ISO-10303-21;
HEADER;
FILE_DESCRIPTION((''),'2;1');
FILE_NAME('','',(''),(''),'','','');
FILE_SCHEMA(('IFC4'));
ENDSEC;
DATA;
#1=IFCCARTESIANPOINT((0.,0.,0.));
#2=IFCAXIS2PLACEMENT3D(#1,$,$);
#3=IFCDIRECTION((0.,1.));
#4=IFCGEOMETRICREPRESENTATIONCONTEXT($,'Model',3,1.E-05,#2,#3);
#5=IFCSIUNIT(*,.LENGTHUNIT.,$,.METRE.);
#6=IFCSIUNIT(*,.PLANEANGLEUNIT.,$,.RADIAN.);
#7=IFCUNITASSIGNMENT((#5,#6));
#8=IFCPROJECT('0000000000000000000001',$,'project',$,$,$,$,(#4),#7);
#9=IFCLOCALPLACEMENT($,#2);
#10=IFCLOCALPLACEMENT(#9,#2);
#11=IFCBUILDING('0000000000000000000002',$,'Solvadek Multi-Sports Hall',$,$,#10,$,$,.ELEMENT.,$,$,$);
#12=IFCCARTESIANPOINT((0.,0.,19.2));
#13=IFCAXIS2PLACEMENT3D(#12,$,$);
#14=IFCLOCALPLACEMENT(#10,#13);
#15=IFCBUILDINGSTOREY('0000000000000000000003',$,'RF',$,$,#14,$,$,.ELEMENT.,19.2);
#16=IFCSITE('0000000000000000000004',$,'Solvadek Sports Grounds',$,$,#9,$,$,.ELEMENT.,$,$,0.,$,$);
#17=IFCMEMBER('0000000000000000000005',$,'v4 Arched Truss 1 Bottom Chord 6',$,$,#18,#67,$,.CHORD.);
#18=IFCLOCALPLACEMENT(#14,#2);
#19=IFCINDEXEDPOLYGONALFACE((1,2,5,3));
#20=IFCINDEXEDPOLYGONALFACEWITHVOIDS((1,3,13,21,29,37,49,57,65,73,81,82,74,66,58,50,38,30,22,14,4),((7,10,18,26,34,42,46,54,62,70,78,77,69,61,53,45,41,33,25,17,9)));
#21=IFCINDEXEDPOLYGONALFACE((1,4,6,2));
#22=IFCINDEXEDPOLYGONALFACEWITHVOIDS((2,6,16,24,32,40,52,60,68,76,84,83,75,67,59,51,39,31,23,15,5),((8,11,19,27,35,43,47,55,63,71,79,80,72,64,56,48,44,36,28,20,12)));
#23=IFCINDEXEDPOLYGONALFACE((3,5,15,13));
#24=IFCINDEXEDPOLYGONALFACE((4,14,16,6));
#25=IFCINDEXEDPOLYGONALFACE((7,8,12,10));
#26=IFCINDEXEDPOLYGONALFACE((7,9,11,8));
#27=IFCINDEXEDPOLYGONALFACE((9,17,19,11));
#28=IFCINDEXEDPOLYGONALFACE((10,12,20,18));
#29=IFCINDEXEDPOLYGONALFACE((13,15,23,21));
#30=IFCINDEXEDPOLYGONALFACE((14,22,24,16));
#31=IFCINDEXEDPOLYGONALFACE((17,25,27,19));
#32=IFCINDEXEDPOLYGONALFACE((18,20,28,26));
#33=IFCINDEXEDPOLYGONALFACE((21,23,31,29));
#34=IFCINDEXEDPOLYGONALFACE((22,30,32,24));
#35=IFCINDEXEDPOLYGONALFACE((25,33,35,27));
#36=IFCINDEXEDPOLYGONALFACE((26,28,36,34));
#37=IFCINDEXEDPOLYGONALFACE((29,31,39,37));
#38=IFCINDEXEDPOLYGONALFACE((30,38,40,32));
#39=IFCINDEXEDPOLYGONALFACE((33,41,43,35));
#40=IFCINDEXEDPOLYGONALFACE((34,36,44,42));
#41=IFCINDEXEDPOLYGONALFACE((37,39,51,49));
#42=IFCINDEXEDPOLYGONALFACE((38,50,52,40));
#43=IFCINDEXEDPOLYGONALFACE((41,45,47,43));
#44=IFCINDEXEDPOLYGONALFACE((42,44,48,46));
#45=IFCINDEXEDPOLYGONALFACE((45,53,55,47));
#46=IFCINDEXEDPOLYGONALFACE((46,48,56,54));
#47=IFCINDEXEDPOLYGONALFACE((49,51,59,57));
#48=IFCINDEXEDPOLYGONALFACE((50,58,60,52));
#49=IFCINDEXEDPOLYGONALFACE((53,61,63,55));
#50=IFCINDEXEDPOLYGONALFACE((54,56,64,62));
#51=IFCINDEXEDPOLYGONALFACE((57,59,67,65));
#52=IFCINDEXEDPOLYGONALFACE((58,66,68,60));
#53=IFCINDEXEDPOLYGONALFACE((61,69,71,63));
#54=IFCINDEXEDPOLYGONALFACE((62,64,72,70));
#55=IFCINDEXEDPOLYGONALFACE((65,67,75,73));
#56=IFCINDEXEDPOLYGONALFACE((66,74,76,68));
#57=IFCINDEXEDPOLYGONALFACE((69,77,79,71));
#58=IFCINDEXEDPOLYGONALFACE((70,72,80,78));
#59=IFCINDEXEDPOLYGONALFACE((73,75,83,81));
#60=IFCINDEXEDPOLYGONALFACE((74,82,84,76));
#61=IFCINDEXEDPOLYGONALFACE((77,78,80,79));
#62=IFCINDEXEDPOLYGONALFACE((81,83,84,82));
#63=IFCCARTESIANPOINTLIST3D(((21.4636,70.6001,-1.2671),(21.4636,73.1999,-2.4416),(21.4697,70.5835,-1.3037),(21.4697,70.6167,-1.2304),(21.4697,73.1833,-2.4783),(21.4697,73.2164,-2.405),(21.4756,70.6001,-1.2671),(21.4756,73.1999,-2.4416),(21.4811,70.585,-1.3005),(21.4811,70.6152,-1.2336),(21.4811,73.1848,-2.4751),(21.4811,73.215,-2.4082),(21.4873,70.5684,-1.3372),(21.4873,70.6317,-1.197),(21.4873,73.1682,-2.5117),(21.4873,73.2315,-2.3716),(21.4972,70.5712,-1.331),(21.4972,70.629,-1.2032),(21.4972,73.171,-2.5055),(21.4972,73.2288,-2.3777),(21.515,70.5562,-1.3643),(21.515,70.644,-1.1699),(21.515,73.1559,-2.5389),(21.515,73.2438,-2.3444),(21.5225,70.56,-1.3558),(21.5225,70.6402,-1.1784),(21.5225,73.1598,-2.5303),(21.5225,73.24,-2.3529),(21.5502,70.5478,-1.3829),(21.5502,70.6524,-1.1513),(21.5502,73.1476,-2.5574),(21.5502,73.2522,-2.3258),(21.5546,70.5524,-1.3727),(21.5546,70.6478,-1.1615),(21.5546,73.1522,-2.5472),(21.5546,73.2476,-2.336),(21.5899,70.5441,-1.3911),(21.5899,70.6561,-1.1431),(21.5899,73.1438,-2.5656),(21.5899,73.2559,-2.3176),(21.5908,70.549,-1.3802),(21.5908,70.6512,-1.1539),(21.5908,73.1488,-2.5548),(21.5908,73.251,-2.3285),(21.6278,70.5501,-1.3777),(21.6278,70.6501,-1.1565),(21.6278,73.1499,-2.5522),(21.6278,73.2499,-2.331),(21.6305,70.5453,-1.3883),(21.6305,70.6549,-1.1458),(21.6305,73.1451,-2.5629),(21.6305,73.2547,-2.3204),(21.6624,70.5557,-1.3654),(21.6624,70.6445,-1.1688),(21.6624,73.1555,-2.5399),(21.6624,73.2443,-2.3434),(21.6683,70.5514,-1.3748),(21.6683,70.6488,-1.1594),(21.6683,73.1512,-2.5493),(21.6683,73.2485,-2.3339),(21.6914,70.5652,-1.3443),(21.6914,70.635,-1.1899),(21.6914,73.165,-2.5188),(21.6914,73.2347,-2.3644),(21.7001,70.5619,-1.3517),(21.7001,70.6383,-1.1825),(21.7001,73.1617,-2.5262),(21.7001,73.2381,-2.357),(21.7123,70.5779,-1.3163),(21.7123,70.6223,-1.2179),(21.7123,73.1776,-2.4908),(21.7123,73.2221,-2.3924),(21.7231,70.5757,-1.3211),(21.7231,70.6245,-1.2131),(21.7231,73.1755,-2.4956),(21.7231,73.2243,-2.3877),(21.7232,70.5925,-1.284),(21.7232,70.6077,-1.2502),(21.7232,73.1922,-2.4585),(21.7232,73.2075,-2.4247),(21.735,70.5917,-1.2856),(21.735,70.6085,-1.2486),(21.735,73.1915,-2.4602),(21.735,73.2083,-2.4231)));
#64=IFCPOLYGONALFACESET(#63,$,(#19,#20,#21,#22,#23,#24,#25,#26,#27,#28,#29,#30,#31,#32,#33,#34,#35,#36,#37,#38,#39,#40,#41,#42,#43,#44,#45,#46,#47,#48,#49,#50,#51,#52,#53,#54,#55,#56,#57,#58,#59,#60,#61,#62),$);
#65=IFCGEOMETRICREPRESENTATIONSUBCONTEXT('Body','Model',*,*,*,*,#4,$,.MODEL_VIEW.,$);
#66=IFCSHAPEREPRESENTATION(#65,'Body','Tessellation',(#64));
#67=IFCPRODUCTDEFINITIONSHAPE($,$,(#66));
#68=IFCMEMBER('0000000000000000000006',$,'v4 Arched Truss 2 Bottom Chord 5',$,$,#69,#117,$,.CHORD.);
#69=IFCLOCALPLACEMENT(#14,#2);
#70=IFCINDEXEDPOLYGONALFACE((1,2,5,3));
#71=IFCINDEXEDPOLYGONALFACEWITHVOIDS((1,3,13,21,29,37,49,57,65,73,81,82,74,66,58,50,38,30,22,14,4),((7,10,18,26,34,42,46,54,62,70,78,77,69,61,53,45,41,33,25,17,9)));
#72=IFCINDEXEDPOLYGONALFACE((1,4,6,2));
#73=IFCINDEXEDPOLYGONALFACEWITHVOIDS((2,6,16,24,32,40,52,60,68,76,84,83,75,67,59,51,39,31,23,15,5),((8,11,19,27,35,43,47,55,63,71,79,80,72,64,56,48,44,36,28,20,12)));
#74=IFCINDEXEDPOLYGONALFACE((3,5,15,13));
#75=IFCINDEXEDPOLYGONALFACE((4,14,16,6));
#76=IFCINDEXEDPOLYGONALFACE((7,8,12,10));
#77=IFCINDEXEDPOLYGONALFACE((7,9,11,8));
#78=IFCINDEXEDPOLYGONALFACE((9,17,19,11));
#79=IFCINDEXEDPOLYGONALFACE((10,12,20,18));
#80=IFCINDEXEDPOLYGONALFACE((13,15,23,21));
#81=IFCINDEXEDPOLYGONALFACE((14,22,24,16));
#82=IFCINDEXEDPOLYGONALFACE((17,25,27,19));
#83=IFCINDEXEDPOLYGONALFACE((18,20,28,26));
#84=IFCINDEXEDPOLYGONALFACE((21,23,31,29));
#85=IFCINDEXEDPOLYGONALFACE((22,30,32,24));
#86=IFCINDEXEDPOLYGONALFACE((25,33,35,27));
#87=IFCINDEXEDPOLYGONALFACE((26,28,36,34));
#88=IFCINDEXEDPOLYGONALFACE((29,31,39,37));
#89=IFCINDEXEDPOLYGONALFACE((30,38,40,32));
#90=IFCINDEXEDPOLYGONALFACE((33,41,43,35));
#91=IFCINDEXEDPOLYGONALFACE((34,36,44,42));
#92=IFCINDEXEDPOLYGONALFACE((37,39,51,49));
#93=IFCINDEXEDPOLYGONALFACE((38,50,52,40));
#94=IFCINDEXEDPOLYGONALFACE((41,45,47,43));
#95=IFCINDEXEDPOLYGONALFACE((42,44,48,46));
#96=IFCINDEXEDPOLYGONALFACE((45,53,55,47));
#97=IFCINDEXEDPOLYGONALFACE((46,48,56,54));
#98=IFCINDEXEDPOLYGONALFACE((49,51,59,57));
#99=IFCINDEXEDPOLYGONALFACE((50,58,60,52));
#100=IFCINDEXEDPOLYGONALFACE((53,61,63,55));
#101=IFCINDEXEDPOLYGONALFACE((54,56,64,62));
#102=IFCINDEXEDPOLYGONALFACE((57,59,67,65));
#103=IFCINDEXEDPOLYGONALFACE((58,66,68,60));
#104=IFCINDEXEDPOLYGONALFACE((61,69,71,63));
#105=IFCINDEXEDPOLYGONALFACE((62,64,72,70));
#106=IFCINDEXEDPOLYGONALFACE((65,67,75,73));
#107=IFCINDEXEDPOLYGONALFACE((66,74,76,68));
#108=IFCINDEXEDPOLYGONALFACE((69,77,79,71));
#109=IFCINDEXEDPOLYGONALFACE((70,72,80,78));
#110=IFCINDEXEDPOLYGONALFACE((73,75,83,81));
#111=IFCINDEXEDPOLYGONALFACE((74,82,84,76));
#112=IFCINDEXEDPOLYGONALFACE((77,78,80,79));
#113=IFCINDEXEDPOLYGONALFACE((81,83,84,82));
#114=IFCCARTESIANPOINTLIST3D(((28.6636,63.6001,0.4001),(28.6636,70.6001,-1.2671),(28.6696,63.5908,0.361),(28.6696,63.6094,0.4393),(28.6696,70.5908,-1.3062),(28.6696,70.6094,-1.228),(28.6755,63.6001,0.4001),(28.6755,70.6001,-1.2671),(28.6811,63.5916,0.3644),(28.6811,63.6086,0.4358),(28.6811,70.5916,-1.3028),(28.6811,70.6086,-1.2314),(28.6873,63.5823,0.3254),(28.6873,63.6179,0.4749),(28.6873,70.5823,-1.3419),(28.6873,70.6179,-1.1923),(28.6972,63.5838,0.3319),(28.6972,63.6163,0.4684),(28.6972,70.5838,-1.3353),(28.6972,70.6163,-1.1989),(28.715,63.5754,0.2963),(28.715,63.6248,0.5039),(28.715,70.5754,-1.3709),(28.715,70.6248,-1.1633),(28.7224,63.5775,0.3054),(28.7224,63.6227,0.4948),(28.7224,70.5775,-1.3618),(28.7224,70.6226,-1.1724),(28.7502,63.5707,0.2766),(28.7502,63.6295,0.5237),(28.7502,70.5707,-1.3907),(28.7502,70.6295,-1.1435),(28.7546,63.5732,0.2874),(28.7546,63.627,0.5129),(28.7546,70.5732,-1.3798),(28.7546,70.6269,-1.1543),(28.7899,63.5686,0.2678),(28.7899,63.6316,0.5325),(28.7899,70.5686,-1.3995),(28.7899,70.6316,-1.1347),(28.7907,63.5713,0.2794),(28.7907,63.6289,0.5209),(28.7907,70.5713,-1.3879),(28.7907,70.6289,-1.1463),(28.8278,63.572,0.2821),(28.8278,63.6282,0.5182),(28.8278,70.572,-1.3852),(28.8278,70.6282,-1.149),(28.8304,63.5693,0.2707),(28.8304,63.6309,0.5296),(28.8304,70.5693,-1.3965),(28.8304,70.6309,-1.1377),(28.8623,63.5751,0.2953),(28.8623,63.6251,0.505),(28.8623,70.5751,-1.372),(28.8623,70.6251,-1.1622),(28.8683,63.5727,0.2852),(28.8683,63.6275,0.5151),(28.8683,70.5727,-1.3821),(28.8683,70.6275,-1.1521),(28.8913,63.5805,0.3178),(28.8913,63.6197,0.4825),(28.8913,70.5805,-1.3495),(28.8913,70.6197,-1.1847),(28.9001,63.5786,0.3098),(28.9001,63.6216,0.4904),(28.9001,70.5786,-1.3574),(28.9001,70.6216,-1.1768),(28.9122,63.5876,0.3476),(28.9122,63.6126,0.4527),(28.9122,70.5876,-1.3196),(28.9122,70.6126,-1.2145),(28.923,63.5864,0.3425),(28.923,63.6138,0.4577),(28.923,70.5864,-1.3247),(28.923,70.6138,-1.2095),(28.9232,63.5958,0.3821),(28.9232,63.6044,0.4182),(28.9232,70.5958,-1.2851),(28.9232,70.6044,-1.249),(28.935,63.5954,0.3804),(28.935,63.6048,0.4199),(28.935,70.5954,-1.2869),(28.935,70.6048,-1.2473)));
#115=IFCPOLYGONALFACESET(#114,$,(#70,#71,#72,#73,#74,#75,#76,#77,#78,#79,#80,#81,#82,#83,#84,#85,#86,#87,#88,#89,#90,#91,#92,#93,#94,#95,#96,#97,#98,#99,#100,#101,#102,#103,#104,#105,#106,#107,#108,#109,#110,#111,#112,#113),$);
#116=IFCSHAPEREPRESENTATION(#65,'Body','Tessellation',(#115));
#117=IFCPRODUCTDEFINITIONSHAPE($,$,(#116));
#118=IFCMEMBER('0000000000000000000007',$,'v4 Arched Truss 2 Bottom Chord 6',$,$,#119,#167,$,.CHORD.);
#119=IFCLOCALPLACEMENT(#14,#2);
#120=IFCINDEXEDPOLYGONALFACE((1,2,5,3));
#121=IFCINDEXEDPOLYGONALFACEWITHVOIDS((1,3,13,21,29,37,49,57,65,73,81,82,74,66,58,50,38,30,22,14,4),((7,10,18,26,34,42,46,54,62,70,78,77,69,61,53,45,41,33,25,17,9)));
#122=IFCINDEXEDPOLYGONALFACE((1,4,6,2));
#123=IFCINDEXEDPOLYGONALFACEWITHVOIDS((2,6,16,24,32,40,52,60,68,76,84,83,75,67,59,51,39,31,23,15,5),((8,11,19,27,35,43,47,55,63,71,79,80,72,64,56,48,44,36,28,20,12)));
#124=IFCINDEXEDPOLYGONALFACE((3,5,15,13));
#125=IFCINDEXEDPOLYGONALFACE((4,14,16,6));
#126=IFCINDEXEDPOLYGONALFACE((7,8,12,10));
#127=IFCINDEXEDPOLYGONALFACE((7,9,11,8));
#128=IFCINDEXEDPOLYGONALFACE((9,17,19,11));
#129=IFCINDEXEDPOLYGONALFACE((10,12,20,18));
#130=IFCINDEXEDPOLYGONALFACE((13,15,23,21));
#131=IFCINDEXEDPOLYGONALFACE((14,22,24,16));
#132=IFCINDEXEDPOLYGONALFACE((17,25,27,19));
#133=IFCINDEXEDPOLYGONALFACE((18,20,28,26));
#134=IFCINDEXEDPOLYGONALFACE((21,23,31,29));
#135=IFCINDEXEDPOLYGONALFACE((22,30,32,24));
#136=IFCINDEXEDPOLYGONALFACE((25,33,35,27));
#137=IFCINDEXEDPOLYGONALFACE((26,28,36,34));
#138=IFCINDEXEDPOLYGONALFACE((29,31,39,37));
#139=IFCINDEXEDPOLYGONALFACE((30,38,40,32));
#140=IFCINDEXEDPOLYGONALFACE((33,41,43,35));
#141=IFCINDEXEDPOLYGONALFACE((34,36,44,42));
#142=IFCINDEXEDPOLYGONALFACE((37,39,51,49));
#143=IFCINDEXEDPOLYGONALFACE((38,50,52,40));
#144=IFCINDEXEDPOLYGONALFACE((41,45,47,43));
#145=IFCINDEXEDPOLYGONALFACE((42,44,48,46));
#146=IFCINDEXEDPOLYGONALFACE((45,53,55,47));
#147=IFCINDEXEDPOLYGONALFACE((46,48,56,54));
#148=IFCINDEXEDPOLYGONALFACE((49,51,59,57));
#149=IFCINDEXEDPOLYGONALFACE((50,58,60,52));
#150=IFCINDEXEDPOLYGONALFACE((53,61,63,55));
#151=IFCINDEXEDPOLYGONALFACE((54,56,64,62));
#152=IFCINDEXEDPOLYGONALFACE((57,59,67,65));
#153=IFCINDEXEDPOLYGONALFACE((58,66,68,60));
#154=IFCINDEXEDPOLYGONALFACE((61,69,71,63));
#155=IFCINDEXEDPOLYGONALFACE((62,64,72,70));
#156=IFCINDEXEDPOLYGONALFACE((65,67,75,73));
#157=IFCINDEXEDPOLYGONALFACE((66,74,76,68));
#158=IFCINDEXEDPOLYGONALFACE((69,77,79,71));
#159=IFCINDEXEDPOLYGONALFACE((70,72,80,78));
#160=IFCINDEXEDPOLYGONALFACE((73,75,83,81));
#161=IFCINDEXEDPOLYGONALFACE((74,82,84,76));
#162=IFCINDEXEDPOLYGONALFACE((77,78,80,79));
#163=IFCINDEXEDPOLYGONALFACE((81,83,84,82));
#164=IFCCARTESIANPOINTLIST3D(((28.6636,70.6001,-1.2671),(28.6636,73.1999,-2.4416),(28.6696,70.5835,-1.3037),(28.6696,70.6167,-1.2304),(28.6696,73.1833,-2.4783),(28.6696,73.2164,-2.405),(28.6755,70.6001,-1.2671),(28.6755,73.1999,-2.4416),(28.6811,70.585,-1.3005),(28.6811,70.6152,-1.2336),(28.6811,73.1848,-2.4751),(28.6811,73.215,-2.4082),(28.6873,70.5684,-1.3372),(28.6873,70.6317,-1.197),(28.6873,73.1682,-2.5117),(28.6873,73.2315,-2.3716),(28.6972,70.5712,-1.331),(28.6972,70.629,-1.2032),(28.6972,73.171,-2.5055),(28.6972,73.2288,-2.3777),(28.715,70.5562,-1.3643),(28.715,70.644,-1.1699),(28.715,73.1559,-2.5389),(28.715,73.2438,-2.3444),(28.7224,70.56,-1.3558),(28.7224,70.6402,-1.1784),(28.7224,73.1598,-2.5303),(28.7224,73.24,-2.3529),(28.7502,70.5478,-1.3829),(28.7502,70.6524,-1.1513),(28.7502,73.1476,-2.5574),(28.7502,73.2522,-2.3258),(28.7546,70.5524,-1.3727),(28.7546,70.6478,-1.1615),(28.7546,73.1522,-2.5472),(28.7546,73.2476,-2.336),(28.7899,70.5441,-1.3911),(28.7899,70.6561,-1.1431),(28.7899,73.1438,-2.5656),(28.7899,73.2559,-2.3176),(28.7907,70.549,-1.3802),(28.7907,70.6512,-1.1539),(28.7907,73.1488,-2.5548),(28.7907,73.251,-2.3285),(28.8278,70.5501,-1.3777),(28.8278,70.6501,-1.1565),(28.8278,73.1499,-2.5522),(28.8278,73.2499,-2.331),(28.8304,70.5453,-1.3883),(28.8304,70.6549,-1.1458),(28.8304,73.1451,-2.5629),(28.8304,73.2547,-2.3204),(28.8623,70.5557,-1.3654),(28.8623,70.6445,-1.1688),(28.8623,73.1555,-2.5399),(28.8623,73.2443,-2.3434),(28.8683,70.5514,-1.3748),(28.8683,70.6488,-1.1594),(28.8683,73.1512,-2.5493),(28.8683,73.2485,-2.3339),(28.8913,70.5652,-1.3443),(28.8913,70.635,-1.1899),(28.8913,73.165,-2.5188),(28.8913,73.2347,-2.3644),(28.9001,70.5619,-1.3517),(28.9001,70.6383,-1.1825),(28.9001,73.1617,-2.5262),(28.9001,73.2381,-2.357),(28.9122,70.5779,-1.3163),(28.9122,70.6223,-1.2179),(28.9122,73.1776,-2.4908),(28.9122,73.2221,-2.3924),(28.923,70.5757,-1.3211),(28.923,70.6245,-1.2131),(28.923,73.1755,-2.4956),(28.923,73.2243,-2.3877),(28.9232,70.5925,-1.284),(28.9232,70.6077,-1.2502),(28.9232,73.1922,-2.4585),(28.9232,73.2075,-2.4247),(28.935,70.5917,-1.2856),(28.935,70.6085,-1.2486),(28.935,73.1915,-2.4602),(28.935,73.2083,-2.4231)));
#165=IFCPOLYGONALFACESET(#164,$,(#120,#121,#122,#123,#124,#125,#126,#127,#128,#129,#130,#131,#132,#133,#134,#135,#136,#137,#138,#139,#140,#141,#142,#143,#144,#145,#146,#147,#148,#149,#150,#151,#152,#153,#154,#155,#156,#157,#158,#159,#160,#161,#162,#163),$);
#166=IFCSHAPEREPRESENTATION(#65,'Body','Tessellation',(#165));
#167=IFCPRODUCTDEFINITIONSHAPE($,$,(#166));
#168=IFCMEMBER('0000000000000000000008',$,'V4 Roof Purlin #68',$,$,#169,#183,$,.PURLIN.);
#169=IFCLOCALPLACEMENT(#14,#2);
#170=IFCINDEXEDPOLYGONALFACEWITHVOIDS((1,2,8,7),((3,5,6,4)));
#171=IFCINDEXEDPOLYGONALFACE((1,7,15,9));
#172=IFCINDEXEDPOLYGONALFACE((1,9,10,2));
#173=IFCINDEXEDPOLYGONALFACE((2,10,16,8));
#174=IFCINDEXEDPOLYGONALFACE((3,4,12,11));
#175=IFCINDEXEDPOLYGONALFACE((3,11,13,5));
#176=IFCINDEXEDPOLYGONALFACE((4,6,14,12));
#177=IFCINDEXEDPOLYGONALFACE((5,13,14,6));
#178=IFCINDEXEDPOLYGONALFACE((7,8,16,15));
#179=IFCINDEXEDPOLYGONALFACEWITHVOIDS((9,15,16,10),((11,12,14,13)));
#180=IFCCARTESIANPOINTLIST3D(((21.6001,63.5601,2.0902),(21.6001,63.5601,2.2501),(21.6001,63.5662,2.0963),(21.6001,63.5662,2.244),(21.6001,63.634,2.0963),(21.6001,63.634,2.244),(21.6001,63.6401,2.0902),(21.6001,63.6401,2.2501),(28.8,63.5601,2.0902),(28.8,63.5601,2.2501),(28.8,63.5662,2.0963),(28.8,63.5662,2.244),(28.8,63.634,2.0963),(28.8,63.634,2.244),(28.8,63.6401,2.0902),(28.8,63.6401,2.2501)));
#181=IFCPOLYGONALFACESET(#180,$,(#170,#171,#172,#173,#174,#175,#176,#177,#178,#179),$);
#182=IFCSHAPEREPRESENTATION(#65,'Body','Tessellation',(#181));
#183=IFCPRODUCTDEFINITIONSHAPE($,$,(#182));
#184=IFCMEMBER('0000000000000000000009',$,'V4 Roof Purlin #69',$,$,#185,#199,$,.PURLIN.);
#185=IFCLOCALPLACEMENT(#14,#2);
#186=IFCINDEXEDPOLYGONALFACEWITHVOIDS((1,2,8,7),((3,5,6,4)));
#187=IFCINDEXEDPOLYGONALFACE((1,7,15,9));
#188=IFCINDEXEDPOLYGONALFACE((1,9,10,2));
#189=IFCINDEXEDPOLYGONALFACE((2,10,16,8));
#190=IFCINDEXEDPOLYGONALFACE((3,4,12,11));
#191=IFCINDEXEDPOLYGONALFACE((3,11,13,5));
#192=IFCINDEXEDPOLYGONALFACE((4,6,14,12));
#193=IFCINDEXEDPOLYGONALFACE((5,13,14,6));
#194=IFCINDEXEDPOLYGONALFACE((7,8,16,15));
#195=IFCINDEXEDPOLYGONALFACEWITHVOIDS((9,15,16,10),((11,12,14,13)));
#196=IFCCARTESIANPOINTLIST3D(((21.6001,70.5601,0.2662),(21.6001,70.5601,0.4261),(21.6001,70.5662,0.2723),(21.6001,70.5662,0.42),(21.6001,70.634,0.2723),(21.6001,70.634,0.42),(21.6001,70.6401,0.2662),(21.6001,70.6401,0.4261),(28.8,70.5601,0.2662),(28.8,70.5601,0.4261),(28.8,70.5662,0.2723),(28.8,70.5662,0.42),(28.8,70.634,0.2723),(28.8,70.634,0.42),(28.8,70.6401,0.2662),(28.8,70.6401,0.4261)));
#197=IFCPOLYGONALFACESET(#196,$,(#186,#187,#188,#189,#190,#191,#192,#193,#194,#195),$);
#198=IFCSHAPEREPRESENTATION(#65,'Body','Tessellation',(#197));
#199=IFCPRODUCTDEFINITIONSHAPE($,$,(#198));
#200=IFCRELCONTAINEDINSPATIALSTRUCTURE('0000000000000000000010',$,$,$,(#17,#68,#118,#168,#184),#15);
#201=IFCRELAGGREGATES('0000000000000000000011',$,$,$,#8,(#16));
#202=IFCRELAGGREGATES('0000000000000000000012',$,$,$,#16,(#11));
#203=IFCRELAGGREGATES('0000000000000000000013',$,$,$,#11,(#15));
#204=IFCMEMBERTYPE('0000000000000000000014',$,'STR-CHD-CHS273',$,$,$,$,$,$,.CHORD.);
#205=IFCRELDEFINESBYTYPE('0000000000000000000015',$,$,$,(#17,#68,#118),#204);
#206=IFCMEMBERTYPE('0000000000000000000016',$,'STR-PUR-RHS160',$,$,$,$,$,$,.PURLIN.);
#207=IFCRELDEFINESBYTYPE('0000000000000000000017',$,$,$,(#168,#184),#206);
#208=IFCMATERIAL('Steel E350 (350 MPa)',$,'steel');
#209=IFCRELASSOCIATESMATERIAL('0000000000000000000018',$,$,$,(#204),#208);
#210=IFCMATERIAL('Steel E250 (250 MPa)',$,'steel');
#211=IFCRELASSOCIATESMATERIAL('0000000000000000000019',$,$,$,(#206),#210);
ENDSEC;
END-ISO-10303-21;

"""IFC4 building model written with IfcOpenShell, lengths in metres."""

from ifc_helpers import new_model, si_unit, direction, frame, origin, origin_2d, place, context, subcontext, project, spatial, hollow_rectangle, hollow_circle, extrude, material, material_profile, profile_set, type_object, element, save


model = new_model("IFC4")

# Units and contexts
model_context = context("Model", 3, precision=1e-05, world=origin(), true_north=direction((0.0, 1.0)))
body_context = subcontext(model_context, "Body", "Model", "MODEL_VIEW")
ifc_project = project(units=[si_unit("LENGTHUNIT", "METRE"), si_unit("PLANEANGLEUNIT", "RADIAN")], contexts=[model_context])

# Site, building, storey
site_placement = place(None, origin())
site = spatial("IfcSite", under=ifc_project, at=site_placement, Name="Solvadek Sports Grounds", CompositionType="ELEMENT", RefElevation=0.0)
building_placement = place(site_placement, origin())
building = spatial("IfcBuilding", under=site, at=building_placement, Name="Solvadek Multi-Sports Hall", CompositionType="ELEMENT")
storey_placement = place(building_placement, frame((0.0, 0.0, 19.2)))
storey = spatial("IfcBuildingStorey", under=building, at=storey_placement, Name="RF", CompositionType="ELEMENT", Elevation=19.2)

# Members
ifc_material_1 = material(Name="Steel E350 (350 MPa)", Category="steel")
ifc_material_profile_1 = material_profile(ifc_material_1, hollow_circle(Radius=0.1365, WallThickness=0.012, at=origin_2d()), Name="CHS 273.0x12")
ifc_profile_set_1 = profile_set([ifc_material_profile_1], Name="Steel E350 (350 MPa)")
member_type_1 = type_object("IfcMemberType", Name="STR-CHD-CHS273", PredefinedType="CHORD", material=ifc_profile_set_1)
member_1_placement = place(storey_placement, frame((21.6001, 70.6001, -1.2671), z_axis=(0.0, 0.911314, -0.411713), x_axis=(-1.0, 0.0, 0.0)))
element("IfcMember", 1, at=member_1_placement, inside=storey, type_object=member_type_1, Name="v4 Arched Truss 1 Bottom Chord 6", PredefinedType="CHORD", context=body_context, shape_type="SweptSolid", body=[
    extrude(hollow_circle(Radius=0.1365, WallThickness=0.012, at=origin_2d()), origin(), (0.0, 0.0, 1.0), 2.8528),
])
member_2_placement = place(storey_placement, frame((28.8, 63.6001, 0.4001), z_axis=(0.0, 0.972788, -0.231695), x_axis=(-1.0, 0.0, 0.0)))
element("IfcMember", 2, at=member_2_placement, inside=storey, type_object=member_type_1, Name="v4 Arched Truss 2 Bottom Chord 5", PredefinedType="CHORD", context=body_context, shape_type="SweptSolid", body=[
    extrude(hollow_circle(Radius=0.1365, WallThickness=0.012, at=origin_2d()), origin(), (0.0, 0.0, 1.0), 7.1958),
])
member_3_placement = place(storey_placement, frame((28.8, 70.6001, -1.2671), z_axis=(0.0, 0.911314, -0.411713), x_axis=(-1.0, 0.0, 0.0)))
element("IfcMember", 3, at=member_3_placement, inside=storey, type_object=member_type_1, Name="v4 Arched Truss 2 Bottom Chord 6", PredefinedType="CHORD", context=body_context, shape_type="SweptSolid", body=[
    extrude(hollow_circle(Radius=0.1365, WallThickness=0.012, at=origin_2d()), origin(), (0.0, 0.0, 1.0), 2.8528),
])
ifc_material_2 = material(Name="Steel E250 (250 MPa)", Category="steel")
ifc_material_profile_2 = material_profile(ifc_material_2, hollow_rectangle(XDim=0.0801, YDim=0.1599, WallThickness=0.0061, at=origin_2d()), Name="RHS 160x80x6")
ifc_profile_set_2 = profile_set([ifc_material_profile_2], Name="Steel E250 (250 MPa)")
member_type_2 = type_object("IfcMemberType", Name="STR-PUR-RHS160", PredefinedType="PURLIN", material=ifc_profile_set_2)
for number, where, z_axis, x_axis, name in (
    (4, (21.6001, 63.6001, 2.1702), (1.0, 0.0, 0.0), (0.0, 1.0, 0.0), "V4 Roof Purlin #68"),
    (5, (21.6001, 70.6001, 0.3462), (1.0, 0.0, 0.0), (0.0, 1.0, 0.0), "V4 Roof Purlin #69"),
):
    element("IfcMember", number, at=place(storey_placement, frame(where, z_axis=z_axis, x_axis=x_axis)), inside=storey, type_object=member_type_2, Name=name, PredefinedType="PURLIN", context=body_context, shape_type="SweptSolid", body=[
        extrude(hollow_rectangle(XDim=0.0801, YDim=0.1599, WallThickness=0.0061, at=origin_2d()), origin(), (0.0, 0.0, 1.0), 7.2),
    ])

save(model, "model.ifc")
